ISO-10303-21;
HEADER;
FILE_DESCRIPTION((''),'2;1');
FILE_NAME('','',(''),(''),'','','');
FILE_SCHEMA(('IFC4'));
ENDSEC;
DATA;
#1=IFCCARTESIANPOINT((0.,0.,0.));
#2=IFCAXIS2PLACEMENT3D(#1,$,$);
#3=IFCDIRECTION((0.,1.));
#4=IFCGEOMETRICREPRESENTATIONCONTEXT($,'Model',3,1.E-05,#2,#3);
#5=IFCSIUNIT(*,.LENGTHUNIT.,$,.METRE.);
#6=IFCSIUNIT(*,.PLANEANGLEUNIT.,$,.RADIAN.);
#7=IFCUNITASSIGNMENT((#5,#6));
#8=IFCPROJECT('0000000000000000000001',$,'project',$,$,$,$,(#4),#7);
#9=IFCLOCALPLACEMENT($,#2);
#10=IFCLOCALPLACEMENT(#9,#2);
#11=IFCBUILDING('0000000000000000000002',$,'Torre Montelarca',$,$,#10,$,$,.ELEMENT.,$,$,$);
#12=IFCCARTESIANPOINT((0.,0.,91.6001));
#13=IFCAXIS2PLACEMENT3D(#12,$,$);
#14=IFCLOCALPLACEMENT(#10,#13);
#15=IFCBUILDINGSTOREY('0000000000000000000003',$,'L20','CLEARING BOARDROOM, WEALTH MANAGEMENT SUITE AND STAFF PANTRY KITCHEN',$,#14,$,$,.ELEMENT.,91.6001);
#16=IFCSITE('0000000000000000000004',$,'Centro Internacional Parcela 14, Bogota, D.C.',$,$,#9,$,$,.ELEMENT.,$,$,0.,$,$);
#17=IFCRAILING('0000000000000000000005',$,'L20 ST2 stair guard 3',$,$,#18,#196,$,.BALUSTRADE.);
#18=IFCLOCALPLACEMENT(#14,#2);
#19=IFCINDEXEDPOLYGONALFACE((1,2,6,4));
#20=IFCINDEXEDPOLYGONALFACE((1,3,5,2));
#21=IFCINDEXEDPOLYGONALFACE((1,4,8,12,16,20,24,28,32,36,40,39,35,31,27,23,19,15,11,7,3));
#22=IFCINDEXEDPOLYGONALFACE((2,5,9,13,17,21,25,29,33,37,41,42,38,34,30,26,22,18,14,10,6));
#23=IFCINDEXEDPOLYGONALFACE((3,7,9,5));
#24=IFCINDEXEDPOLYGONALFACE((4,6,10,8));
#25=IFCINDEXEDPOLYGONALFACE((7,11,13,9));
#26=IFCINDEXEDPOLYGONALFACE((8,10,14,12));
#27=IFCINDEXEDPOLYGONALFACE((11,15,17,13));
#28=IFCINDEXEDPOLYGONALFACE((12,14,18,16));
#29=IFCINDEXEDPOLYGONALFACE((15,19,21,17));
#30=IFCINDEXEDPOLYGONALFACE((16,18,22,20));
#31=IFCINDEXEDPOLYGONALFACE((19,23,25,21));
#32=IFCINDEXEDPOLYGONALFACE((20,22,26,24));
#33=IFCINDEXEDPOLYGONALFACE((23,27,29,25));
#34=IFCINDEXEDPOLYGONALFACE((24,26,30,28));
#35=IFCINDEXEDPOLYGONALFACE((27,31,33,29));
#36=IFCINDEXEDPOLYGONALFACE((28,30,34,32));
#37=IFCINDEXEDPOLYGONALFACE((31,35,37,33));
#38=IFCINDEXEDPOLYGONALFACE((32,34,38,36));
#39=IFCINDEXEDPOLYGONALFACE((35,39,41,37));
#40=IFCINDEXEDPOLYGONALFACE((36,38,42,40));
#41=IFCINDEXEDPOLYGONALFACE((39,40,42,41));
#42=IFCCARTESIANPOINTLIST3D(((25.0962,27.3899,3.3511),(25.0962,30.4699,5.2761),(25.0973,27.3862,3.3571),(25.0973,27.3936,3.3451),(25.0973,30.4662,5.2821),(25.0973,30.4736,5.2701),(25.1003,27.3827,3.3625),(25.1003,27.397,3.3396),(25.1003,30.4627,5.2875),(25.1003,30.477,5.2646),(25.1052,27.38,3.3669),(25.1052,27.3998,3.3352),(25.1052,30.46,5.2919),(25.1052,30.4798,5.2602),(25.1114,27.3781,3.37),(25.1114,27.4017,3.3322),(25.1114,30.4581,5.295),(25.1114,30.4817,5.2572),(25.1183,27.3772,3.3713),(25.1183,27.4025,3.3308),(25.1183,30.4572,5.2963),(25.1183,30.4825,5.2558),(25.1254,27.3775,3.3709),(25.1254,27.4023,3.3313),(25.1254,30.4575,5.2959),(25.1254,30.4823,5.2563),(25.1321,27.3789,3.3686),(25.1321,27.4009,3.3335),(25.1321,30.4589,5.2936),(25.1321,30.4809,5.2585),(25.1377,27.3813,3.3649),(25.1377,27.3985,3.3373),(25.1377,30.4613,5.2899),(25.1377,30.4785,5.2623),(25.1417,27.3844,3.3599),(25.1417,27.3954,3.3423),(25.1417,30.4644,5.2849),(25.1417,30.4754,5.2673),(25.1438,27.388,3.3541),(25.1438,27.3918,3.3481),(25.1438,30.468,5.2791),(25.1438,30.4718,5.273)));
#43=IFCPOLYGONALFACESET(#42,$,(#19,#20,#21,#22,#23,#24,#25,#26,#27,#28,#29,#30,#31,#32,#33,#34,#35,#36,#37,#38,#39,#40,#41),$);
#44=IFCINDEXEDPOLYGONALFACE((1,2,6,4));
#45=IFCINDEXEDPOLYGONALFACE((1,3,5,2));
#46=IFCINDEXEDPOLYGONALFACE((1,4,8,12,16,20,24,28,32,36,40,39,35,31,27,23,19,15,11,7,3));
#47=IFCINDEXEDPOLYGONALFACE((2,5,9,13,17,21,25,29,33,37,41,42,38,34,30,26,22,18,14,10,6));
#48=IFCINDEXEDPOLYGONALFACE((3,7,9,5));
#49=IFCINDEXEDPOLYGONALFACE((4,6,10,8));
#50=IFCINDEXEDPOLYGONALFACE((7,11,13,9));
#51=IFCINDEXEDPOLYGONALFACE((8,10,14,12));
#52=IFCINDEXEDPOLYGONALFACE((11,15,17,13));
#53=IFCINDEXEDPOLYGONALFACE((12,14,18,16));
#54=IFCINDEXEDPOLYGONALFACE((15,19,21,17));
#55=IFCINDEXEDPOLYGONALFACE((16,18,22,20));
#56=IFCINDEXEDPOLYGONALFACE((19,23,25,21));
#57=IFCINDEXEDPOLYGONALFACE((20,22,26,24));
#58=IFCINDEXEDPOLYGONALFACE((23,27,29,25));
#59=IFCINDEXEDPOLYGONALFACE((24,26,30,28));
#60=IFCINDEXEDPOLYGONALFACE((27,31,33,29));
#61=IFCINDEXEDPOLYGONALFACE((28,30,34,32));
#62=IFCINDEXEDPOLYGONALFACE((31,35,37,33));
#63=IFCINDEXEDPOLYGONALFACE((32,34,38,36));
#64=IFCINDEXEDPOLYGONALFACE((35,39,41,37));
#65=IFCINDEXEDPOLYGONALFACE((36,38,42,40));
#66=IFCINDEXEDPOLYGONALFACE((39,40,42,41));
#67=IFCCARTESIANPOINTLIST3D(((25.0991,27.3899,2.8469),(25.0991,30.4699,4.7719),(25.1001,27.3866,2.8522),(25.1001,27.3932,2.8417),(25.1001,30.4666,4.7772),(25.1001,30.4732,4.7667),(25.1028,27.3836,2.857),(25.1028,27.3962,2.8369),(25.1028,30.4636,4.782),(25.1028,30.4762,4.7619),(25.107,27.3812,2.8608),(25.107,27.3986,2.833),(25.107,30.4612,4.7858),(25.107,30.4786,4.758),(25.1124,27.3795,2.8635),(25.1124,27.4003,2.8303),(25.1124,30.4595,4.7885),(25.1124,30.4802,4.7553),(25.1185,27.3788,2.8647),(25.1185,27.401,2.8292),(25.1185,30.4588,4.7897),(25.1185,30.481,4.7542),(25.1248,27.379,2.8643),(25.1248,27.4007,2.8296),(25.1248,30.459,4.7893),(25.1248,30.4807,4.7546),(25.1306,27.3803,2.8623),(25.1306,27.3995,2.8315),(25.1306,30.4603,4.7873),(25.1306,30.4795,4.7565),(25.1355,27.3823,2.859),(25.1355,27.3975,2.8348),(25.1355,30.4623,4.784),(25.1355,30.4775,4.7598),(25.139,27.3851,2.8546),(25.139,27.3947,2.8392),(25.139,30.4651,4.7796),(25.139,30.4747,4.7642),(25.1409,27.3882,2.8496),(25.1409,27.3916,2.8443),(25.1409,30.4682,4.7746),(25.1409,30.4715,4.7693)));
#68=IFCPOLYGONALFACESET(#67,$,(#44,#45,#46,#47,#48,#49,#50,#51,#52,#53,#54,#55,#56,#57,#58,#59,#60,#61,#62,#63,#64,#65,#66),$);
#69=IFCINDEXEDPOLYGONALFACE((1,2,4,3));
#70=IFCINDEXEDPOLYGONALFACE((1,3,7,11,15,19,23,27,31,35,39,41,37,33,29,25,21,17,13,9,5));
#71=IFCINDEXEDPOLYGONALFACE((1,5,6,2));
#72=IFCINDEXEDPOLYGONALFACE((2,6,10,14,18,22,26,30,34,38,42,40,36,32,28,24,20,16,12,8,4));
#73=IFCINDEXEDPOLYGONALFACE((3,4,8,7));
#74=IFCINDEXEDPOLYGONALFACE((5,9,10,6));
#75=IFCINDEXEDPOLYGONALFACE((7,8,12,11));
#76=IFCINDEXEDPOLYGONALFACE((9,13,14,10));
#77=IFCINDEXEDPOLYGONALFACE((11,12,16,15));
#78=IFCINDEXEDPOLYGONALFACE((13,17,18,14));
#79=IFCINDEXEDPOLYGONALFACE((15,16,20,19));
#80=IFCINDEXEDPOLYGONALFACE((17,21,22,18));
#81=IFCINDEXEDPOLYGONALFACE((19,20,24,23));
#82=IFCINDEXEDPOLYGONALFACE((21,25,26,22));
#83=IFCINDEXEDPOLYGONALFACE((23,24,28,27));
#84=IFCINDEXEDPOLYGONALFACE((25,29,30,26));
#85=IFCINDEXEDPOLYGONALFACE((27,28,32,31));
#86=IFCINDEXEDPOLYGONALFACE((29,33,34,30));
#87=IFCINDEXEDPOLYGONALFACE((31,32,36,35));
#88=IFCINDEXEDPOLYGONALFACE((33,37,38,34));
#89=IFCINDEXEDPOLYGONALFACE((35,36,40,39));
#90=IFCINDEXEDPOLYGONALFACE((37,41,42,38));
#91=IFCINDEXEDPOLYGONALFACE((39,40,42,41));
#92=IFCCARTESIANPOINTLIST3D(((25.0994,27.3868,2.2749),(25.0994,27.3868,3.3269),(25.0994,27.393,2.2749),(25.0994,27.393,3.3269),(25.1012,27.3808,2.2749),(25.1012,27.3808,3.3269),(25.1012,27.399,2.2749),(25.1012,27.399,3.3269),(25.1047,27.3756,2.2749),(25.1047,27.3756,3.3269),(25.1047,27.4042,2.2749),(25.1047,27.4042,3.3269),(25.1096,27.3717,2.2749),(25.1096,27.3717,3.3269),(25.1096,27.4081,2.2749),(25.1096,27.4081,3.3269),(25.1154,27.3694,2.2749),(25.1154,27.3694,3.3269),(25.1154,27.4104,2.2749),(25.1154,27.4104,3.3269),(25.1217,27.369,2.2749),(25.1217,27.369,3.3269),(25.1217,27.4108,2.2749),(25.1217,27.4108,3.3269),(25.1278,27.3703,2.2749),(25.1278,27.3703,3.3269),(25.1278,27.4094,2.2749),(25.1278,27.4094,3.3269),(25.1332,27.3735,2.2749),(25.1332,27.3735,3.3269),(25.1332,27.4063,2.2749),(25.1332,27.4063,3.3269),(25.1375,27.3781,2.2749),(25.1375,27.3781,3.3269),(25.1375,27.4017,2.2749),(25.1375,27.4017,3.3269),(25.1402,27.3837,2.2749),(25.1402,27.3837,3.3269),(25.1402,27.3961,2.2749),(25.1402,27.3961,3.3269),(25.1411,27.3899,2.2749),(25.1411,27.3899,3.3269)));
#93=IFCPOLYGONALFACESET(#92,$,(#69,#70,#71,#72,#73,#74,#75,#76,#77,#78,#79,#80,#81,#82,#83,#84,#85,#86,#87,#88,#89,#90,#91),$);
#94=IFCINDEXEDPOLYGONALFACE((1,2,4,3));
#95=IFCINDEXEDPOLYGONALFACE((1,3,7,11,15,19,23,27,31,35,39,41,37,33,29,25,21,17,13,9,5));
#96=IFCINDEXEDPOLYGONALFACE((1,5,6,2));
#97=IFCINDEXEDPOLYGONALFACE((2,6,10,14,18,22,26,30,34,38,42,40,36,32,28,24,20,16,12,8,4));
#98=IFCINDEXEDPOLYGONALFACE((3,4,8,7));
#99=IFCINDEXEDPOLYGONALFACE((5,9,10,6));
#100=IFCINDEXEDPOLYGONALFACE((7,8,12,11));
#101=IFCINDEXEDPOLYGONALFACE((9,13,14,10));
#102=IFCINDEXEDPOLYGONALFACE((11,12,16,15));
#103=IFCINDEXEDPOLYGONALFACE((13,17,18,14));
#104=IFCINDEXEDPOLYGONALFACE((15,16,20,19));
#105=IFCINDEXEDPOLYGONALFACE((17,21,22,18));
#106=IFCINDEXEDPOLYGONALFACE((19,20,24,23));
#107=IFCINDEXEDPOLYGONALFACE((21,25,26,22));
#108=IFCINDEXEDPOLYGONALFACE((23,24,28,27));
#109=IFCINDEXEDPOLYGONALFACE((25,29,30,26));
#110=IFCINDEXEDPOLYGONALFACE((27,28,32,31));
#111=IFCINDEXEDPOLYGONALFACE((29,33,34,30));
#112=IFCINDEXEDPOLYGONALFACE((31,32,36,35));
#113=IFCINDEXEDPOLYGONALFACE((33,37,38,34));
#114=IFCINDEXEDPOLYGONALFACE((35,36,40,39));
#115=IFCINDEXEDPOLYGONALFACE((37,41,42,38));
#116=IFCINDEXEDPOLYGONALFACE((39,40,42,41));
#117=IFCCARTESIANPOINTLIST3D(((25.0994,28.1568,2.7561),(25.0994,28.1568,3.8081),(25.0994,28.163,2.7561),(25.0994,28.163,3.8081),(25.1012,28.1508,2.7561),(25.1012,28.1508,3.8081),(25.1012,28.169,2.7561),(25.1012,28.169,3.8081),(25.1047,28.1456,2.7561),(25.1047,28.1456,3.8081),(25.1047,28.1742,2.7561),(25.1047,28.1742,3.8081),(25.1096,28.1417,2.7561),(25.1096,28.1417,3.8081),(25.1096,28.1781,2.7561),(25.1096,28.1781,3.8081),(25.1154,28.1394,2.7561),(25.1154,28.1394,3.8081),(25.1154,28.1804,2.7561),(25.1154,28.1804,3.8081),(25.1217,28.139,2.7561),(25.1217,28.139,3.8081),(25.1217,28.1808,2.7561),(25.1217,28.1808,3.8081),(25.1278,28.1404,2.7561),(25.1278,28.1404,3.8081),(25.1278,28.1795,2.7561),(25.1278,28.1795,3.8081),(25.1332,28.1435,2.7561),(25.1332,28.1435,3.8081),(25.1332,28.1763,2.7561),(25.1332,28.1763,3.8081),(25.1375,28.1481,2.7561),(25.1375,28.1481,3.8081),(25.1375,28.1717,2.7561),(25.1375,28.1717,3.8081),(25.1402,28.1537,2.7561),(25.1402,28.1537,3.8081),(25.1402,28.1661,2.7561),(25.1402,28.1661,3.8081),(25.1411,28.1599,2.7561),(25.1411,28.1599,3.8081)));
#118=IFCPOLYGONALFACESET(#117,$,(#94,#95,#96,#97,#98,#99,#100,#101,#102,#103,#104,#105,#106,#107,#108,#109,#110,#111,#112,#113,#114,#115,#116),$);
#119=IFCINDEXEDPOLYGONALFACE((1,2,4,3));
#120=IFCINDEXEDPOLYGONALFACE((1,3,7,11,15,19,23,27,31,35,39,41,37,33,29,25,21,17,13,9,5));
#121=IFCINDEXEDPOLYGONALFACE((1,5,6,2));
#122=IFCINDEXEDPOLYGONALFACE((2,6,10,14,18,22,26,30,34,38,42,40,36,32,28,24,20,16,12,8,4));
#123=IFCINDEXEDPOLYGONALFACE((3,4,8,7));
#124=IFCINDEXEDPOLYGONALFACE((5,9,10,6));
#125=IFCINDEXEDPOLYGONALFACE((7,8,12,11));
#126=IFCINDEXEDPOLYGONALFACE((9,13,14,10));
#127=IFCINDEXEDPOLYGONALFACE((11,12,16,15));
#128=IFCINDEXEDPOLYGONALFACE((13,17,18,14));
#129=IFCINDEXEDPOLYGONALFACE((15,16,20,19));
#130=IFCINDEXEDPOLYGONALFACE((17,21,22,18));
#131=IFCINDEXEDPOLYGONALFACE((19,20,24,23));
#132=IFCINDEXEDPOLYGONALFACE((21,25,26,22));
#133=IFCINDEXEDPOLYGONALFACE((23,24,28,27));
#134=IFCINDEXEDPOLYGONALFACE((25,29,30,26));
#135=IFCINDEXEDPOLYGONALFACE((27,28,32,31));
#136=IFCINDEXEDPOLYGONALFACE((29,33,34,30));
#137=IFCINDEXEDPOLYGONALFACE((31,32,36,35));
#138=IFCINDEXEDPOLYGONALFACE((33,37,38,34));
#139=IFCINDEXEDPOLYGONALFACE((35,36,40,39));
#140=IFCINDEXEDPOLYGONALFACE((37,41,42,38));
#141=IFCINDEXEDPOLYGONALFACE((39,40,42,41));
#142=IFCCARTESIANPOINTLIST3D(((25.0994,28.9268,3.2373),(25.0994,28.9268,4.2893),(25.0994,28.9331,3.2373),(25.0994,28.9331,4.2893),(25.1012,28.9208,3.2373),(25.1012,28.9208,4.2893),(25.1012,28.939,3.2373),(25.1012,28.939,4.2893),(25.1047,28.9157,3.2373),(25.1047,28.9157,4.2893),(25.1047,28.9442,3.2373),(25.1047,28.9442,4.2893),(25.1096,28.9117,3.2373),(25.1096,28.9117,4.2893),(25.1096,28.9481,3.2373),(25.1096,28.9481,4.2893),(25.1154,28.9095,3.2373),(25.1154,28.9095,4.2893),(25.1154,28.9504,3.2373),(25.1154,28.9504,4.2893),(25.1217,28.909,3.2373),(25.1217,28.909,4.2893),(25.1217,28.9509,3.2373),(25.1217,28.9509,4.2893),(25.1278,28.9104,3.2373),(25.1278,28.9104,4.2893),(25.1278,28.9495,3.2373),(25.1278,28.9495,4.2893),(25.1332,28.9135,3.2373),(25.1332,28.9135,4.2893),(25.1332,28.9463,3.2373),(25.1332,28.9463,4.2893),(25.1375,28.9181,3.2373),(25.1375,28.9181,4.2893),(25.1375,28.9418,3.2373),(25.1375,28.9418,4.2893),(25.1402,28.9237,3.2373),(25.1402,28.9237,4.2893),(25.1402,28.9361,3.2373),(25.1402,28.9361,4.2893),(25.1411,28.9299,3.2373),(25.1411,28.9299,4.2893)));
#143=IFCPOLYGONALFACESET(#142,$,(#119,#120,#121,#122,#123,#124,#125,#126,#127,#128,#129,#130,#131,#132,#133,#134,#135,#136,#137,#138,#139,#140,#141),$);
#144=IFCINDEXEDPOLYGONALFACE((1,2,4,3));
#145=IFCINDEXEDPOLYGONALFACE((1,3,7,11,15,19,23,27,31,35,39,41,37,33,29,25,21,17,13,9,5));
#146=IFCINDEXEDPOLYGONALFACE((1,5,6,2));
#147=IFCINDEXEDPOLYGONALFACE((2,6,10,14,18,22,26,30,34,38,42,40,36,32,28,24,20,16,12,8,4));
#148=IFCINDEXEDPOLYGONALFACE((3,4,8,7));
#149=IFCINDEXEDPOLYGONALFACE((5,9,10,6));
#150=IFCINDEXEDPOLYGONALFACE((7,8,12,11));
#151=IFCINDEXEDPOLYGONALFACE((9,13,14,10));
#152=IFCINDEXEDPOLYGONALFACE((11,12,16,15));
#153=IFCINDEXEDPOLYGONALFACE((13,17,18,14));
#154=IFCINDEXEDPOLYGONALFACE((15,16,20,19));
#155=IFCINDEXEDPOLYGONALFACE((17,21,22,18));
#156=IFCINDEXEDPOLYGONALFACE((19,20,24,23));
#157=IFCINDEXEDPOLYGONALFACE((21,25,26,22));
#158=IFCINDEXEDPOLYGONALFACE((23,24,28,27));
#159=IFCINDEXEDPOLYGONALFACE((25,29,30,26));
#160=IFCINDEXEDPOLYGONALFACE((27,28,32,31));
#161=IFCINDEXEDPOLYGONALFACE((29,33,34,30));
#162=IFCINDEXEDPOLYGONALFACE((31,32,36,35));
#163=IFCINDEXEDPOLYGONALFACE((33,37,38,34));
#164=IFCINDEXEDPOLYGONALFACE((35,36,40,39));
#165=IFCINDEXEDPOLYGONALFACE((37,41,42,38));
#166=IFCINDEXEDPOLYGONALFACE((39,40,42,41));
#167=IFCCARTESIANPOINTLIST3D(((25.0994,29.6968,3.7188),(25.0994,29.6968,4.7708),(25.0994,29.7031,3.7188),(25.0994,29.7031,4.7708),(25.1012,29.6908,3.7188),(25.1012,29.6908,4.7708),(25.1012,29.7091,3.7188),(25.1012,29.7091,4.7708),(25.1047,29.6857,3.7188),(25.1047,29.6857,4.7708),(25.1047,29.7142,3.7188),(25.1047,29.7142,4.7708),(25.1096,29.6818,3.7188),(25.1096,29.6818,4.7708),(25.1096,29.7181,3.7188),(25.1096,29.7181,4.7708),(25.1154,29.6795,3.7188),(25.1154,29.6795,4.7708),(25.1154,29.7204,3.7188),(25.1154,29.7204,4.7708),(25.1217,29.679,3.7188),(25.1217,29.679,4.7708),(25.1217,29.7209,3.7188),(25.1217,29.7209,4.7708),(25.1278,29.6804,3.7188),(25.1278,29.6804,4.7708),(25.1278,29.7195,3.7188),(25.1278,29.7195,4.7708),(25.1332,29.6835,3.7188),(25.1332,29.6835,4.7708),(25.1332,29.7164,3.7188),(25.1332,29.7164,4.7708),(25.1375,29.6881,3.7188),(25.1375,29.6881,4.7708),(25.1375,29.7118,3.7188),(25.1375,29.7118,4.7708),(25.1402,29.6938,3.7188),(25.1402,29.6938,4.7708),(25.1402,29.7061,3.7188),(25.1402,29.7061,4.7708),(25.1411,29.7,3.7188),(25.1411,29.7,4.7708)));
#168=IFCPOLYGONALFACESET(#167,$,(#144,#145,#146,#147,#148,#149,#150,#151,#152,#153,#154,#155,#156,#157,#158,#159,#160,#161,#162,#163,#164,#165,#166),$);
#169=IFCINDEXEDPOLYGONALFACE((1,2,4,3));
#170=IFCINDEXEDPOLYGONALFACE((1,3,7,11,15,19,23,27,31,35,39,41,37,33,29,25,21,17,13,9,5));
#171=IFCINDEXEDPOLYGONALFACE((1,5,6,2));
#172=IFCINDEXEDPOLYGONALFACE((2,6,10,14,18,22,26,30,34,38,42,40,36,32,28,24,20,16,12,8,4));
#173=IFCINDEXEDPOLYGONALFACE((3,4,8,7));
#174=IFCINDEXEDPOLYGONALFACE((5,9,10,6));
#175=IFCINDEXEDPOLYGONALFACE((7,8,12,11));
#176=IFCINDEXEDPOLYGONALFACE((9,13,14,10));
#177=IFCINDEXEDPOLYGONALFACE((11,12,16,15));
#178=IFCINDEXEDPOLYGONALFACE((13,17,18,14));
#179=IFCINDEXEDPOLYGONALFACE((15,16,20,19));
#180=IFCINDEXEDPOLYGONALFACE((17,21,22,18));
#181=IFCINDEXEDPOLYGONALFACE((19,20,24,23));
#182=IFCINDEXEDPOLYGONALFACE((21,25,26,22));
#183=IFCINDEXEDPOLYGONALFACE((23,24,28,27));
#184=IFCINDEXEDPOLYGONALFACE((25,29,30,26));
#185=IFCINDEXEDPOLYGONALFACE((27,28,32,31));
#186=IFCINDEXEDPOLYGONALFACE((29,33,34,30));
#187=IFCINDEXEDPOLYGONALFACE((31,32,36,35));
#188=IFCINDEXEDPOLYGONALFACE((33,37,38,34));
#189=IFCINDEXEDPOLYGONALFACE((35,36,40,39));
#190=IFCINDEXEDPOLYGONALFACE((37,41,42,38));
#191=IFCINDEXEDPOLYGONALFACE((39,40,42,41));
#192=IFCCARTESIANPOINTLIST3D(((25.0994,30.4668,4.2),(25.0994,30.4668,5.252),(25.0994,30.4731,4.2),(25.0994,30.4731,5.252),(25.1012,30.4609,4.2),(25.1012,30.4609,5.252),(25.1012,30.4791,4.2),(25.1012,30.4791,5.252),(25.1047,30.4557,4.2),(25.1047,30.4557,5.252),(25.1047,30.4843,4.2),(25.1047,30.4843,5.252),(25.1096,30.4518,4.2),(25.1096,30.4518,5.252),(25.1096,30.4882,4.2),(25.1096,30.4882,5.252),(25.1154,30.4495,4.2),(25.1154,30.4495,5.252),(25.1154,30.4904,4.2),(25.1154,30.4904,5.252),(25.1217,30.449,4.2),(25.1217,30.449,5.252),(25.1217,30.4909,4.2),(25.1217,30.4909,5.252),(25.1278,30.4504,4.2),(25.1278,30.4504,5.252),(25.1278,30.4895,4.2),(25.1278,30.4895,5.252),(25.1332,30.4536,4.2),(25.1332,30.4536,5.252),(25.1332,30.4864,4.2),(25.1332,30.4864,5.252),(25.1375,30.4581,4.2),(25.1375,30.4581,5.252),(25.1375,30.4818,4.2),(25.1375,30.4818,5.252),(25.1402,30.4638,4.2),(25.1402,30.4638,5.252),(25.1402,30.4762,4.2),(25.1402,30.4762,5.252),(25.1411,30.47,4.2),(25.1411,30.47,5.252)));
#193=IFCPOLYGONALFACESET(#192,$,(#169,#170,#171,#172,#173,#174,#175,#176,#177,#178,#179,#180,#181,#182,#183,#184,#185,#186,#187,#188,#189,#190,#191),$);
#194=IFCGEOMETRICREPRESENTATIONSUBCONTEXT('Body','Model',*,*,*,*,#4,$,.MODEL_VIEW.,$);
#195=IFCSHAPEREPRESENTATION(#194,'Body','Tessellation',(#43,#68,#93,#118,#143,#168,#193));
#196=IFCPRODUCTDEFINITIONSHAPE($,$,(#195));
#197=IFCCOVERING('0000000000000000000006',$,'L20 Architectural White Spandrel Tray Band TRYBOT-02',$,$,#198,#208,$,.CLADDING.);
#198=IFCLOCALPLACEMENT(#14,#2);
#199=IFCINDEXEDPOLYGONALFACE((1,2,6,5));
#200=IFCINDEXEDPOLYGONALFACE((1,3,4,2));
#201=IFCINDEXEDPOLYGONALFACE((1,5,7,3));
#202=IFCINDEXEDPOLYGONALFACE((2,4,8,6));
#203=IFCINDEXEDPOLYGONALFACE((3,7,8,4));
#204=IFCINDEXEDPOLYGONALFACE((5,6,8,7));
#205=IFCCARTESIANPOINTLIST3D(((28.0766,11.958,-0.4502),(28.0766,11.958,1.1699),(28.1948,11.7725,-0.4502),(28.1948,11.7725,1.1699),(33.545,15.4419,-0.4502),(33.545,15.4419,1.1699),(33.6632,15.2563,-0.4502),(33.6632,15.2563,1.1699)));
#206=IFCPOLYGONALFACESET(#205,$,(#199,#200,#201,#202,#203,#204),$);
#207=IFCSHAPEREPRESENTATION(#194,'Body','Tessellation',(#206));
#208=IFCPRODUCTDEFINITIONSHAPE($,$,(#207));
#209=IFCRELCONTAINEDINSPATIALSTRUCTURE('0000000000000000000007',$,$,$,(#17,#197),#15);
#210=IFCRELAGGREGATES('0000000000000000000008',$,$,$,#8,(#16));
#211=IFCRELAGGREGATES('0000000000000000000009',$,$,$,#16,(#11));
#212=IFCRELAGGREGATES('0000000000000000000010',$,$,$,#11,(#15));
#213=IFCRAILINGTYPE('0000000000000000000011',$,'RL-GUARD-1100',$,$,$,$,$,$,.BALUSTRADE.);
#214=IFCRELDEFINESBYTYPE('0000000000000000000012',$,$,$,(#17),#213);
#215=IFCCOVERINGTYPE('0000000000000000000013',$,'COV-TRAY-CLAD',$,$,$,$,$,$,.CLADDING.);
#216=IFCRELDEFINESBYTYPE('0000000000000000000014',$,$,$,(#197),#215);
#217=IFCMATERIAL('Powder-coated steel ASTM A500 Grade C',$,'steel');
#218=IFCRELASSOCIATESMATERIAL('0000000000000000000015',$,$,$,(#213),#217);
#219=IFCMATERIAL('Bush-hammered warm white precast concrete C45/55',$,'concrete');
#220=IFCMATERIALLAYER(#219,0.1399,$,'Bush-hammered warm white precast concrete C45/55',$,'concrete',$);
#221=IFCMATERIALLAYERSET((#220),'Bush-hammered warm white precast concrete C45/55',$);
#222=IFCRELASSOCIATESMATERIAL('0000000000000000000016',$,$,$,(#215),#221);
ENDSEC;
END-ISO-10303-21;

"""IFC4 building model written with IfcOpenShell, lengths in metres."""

from ifc_helpers import new_model, si_unit, direction, frame, origin, origin_2d, place, context, subcontext, project, spatial, rectangle, circle, extrude, source, transform, mapped, material, layer, layer_set, type_object, element, save


model = new_model("IFC4")

# Units and contexts
model_context = context("Model", 3, precision=1e-05, world=origin(), true_north=direction((0.0, 1.0)))
body_context = subcontext(model_context, "Body", "Model", "MODEL_VIEW")
ifc_project = project(units=[si_unit("LENGTHUNIT", "METRE"), si_unit("PLANEANGLEUNIT", "RADIAN")], contexts=[model_context])

# Site, building, storey
site_placement = place(None, origin())
site = spatial("IfcSite", under=ifc_project, at=site_placement, Name="Centro Internacional Parcela 14, Bogota, D.C.", CompositionType="ELEMENT", RefElevation=0.0)
building_placement = place(site_placement, origin())
building = spatial("IfcBuilding", under=site, at=building_placement, Name="Torre Montelarca", CompositionType="ELEMENT")
storey_placement = place(building_placement, frame((0.0, 0.0, 91.6001)))
storey = spatial("IfcBuildingStorey", under=building, at=storey_placement, Name="L20", Description="CLEARING BOARDROOM, WEALTH MANAGEMENT SUITE AND STAFF PANTRY KITCHEN", CompositionType="ELEMENT", Elevation=91.6001)

# Railing
ifc_material_1 = material(Name="Powder-coated steel ASTM A500 Grade C", Category="steel")
railing_type = type_object("IfcRailingType", Name="RL-GUARD-1100", PredefinedType="BALUSTRADE", material=ifc_material_1)
railing_1_placement = place(storey_placement, frame((25.1201, 27.3899, 2.2749)))
element("IfcRailing", 1, at=railing_1_placement, inside=storey, type_object=railing_type, Name="L20 ST2 stair guard 3", PredefinedType="BALUSTRADE", context=body_context, shape_type="SweptSolid", body=[
    extrude(circle(Radius=0.0239, at=origin_2d()), frame((0.0, 0.0, 1.0762), z_axis=(0.0, 0.847998, 0.529999), x_axis=(-1.0, 0.0, 0.0)), (0.0, 0.0, 1.0), 3.6321),
    extrude(circle(Radius=0.021, at=origin_2d()), frame((0.0, 0.0, 0.572), z_axis=(0.0, 0.847998, 0.529999), x_axis=(-1.0, 0.0, 0.0)), (0.0, 0.0, 1.0), 3.6321),
    extrude(circle(Radius=0.021, at=origin_2d()), origin(), (0.0, 0.0, 1.0), 1.052),
    extrude(circle(Radius=0.021, at=origin_2d()), frame((0.0, 0.77, 0.4812)), (0.0, 0.0, 1.0), 1.052),
    extrude(circle(Radius=0.021, at=origin_2d()), frame((0.0, 1.54, 0.9624)), (0.0, 0.0, 1.0), 1.052),
    extrude(circle(Radius=0.021, at=origin_2d()), frame((0.0, 2.3101, 1.4438)), (0.0, 0.0, 1.0), 1.052),
    extrude(circle(Radius=0.021, at=origin_2d()), frame((0.0, 3.0801, 1.925)), (0.0, 0.0, 1.0), 1.052),
])

# Covering
ifc_material_2 = material(Name="Bush-hammered warm white precast concrete C45/55", Category="concrete")
ifc_layer_1 = layer(ifc_material_2, 0.1399, Name="Bush-hammered warm white precast concrete C45/55", Category="concrete")
ifc_layer_set_1 = layer_set([ifc_layer_1], Name="Bush-hammered warm white precast concrete C45/55")
covering_type = type_object("IfcCoveringType", Name="COV-TRAY-CLAD", PredefinedType="CLADDING", material=ifc_layer_set_1)
shared_shape_1 = source(origin(), body_context, "Body", "SweptSolid", [
    extrude(rectangle(XDim=6.4839, YDim=0.22, at=origin_2d()), origin(), (0.0, 0.0, 1.0), 1.6201),
])
covering_1_placement = place(storey_placement, frame((30.8699, 13.6072, -0.4502), z_axis=(0.0, 0.0, 1.0), x_axis=(0.843388, 0.537305, 0.0)))
element("IfcCovering", 2, at=covering_1_placement, inside=storey, type_object=covering_type, Name="L20 Architectural White Spandrel Tray Band TRYBOT-02", PredefinedType="CLADDING", context=body_context, shape_type="MappedRepresentation", body=[
    mapped(shared_shape_1, transform((0.0, 0.0, 0.0), scale=1.0)),
])

save(model, "model.ifc")
